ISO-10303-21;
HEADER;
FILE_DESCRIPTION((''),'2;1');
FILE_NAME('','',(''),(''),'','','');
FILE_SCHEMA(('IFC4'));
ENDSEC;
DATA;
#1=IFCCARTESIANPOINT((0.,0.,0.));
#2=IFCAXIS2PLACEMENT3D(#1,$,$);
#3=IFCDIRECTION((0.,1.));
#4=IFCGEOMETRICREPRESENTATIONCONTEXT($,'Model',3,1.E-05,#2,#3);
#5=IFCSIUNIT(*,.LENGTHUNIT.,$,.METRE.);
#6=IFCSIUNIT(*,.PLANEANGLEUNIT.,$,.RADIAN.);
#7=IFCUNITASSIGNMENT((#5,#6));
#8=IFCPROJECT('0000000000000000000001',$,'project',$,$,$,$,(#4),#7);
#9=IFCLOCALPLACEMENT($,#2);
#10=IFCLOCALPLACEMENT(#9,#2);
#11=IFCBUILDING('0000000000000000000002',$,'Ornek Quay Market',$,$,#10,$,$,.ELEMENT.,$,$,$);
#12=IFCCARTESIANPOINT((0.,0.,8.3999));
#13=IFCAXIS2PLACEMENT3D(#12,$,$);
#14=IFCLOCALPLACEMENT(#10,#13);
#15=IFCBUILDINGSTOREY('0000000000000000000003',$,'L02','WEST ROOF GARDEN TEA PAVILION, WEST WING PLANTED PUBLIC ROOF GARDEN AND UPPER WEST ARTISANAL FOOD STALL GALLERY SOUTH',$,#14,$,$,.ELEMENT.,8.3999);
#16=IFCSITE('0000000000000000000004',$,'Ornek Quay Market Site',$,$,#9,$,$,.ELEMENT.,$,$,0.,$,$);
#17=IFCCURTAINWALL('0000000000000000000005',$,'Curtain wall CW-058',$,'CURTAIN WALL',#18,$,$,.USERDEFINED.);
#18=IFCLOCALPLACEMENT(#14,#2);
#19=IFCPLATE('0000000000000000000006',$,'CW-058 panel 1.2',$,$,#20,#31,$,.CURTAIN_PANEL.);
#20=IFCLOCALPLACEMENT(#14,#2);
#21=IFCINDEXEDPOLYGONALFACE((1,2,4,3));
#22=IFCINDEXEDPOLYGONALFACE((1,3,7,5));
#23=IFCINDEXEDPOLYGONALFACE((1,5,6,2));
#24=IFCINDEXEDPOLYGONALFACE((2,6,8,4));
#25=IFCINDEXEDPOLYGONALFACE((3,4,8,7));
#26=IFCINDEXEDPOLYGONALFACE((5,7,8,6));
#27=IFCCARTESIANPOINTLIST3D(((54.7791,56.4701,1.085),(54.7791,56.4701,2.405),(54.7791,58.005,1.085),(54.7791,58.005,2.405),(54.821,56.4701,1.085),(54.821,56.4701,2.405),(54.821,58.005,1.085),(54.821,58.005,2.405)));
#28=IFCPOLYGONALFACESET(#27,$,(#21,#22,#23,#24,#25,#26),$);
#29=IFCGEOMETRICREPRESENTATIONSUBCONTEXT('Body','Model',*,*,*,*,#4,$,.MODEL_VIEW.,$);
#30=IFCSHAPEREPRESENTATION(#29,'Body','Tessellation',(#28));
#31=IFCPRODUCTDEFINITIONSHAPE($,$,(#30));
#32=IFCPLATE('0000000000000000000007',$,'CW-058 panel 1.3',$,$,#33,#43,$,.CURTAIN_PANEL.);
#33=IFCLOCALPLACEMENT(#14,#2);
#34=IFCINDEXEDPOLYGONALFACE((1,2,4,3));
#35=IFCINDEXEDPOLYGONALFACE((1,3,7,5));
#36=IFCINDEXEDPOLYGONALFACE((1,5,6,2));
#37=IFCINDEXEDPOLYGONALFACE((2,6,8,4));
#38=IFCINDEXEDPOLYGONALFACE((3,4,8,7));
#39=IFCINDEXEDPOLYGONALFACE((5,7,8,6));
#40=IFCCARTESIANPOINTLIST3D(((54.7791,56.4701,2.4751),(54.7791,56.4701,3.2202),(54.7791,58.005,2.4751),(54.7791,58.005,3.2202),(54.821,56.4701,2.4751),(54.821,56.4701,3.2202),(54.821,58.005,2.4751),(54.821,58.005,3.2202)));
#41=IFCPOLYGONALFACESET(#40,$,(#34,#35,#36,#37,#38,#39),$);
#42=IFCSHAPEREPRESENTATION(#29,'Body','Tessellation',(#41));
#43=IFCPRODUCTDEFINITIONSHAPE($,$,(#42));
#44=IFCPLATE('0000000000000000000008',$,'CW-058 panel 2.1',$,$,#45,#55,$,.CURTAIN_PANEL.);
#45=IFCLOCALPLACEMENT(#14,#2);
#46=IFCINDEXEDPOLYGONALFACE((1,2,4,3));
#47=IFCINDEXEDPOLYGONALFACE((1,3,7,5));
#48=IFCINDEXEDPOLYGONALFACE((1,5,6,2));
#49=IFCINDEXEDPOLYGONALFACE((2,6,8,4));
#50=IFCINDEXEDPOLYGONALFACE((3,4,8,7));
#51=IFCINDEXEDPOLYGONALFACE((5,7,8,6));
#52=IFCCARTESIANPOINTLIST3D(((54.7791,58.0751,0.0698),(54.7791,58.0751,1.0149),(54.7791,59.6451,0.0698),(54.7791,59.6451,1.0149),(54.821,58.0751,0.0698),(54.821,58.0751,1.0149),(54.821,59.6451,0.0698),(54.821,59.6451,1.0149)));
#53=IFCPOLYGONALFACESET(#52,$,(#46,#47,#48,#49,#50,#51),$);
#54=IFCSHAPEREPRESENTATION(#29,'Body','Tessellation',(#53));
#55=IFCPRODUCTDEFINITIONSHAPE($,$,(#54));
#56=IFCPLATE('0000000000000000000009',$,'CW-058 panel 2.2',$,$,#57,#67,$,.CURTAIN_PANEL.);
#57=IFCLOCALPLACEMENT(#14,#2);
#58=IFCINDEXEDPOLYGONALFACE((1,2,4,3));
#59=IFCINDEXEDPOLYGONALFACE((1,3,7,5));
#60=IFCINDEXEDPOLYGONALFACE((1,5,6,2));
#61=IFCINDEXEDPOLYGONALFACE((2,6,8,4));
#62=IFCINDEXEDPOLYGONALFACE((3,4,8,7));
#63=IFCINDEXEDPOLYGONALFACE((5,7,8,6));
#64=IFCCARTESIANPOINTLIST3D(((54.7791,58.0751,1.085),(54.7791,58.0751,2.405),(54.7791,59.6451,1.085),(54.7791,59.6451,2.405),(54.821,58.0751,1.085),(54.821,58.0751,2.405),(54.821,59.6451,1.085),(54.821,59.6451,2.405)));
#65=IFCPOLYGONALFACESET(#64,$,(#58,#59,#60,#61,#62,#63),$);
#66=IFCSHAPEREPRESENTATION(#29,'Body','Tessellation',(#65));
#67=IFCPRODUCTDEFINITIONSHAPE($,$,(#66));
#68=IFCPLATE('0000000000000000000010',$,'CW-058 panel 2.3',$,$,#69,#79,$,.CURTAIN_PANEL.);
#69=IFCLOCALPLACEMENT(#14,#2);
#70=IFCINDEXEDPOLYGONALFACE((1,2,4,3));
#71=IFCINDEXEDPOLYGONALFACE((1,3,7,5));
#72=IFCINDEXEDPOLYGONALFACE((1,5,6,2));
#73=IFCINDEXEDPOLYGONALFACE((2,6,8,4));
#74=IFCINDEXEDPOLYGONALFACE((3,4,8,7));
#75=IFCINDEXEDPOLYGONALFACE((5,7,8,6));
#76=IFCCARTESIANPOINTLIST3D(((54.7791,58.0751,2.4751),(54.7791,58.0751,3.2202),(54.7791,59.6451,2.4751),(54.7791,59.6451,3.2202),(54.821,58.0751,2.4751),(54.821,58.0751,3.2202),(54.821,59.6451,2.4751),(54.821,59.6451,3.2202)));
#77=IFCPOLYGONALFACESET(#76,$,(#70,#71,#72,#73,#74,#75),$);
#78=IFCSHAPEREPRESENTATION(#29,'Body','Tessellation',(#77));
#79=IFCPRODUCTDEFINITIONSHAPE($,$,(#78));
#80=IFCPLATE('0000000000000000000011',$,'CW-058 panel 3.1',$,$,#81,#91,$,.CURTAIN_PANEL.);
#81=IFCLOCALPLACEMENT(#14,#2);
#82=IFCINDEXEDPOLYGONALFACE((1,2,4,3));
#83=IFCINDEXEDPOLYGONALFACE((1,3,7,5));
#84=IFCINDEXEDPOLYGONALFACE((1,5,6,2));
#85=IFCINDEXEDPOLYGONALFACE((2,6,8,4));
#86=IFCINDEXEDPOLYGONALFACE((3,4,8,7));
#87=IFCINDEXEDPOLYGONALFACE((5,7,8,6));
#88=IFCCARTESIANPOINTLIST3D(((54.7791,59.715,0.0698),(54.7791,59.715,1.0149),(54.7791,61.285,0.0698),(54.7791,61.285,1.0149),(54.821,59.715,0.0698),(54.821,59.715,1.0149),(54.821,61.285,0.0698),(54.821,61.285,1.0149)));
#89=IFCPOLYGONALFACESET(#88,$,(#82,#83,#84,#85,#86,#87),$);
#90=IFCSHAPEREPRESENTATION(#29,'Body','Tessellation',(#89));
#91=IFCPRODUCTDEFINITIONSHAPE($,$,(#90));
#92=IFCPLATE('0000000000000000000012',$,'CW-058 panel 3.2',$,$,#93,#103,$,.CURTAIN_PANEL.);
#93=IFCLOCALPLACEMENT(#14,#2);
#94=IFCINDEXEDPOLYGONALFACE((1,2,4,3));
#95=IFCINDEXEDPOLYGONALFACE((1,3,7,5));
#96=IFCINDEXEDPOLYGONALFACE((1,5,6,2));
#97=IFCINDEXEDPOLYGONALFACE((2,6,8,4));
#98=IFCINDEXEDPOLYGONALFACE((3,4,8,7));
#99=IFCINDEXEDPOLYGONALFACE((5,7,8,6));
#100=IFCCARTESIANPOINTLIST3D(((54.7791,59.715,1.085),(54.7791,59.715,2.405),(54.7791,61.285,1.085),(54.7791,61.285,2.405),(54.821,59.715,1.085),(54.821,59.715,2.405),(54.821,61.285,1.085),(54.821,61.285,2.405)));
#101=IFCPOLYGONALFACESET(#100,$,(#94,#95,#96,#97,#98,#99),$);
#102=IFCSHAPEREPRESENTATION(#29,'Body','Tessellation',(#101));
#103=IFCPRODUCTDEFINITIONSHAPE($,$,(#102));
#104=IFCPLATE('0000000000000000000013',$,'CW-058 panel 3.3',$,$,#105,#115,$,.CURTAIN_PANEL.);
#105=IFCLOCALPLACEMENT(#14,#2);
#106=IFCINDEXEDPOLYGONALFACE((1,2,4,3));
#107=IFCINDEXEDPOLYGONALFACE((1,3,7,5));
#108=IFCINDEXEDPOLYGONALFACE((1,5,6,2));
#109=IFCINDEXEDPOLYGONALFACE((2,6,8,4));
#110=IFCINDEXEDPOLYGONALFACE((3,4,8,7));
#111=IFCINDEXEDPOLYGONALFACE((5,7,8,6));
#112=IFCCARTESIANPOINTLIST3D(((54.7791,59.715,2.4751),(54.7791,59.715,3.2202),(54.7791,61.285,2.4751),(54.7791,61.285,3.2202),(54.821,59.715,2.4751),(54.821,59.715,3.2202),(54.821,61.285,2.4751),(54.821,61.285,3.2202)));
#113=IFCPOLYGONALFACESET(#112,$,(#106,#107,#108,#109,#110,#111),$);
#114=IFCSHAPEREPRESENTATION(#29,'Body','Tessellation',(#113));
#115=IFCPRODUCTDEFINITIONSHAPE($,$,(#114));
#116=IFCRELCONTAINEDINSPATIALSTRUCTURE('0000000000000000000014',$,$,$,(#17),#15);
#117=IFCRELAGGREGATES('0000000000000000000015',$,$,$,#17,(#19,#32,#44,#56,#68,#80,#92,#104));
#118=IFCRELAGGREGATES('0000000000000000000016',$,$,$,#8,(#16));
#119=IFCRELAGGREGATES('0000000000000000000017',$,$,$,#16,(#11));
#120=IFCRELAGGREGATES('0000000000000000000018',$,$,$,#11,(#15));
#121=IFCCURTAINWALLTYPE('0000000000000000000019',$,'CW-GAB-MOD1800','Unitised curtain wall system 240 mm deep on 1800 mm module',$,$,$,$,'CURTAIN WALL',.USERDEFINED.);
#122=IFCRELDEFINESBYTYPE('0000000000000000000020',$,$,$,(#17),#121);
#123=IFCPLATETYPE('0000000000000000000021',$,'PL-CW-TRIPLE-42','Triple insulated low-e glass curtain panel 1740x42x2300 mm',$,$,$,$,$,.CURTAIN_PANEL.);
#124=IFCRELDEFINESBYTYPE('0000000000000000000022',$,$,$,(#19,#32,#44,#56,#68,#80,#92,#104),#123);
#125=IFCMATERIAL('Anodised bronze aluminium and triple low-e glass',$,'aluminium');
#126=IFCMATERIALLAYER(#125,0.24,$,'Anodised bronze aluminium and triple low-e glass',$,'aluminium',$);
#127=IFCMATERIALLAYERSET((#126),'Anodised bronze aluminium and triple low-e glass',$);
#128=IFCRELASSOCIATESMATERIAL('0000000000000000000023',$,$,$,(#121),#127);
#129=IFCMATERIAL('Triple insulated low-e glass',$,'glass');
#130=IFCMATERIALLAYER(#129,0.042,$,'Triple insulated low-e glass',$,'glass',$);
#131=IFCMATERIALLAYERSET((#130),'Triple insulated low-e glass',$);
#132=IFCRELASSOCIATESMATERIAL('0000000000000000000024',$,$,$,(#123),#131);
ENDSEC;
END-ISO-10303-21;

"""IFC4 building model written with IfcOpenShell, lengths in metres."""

from ifc_helpers import new_model, si_unit, direction, frame, origin, origin_2d, place, context, subcontext, project, spatial, rectangle, extrude, material, layer, layer_set, type_object, element, aggregate, save


model = new_model("IFC4")

# Units and contexts
model_context = context("Model", 3, precision=1e-05, world=origin(), true_north=direction((0.0, 1.0)))
body_context = subcontext(model_context, "Body", "Model", "MODEL_VIEW")
ifc_project = project(units=[si_unit("LENGTHUNIT", "METRE"), si_unit("PLANEANGLEUNIT", "RADIAN")], contexts=[model_context])

# Site, building, storey
site_placement = place(None, origin())
site = spatial("IfcSite", under=ifc_project, at=site_placement, Name="Ornek Quay Market Site", CompositionType="ELEMENT", RefElevation=0.0)
building_placement = place(site_placement, origin())
building = spatial("IfcBuilding", under=site, at=building_placement, Name="Ornek Quay Market", CompositionType="ELEMENT")
storey_placement = place(building_placement, frame((0.0, 0.0, 8.3999)))
storey = spatial("IfcBuildingStorey", under=building, at=storey_placement, Name="L02", Description="WEST ROOF GARDEN TEA PAVILION, WEST WING PLANTED PUBLIC ROOF GARDEN AND UPPER WEST ARTISANAL FOOD STALL GALLERY SOUTH", CompositionType="ELEMENT", Elevation=8.3999)

# Curtain wall, plates
ifc_material_1 = material(Name="Anodised bronze aluminium and triple low-e glass", Category="aluminium")
ifc_layer_1 = layer(ifc_material_1, 0.24, Name="Anodised bronze aluminium and triple low-e glass", Category="aluminium")
ifc_layer_set_1 = layer_set([ifc_layer_1], Name="Anodised bronze aluminium and triple low-e glass")
curtain_wall_type = type_object("IfcCurtainWallType", Name="CW-GAB-MOD1800", Description="Unitised curtain wall system 240 mm deep on 1800 mm module", ElementType="CURTAIN WALL", PredefinedType="USERDEFINED", material=ifc_layer_set_1)
curtain_wall_placement = place(storey_placement, origin())
curtain_wall = element("IfcCurtainWall", 1, at=curtain_wall_placement, inside=storey, type_object=curtain_wall_type, Name="Curtain wall CW-058", ObjectType="CURTAIN WALL", PredefinedType="USERDEFINED")
ifc_material_2 = material(Name="Triple insulated low-e glass", Category="glass")
ifc_layer_2 = layer(ifc_material_2, 0.042, Name="Triple insulated low-e glass", Category="glass")
ifc_layer_set_2 = layer_set([ifc_layer_2], Name="Triple insulated low-e glass")
plate_type = type_object("IfcPlateType", Name="PL-CW-TRIPLE-42", Description="Triple insulated low-e glass curtain panel 1740x42x2300 mm", PredefinedType="CURTAIN_PANEL", material=ifc_layer_set_2)
plate_1_placement = place(storey_placement, frame((54.8, 57.2375, 1.085), z_axis=(0.0, 0.0, 1.0), x_axis=(0.0, 1.0, 0.0)))
plate_1 = element("IfcPlate", 2, at=plate_1_placement, type_object=plate_type, Name="CW-058 panel 1.2", PredefinedType="CURTAIN_PANEL", context=body_context, shape_type="SweptSolid", body=[
    extrude(rectangle(XDim=1.5349, YDim=0.042, at=origin_2d()), origin(), (0.0, 0.0, 1.0), 1.3201),
])
plate_2_placement = place(storey_placement, frame((54.8, 57.2375, 2.4751), z_axis=(0.0, 0.0, 1.0), x_axis=(0.0, 1.0, 0.0)))
plate_2 = element("IfcPlate", 3, at=plate_2_placement, type_object=plate_type, Name="CW-058 panel 1.3", PredefinedType="CURTAIN_PANEL", context=body_context, shape_type="SweptSolid", body=[
    extrude(rectangle(XDim=1.5349, YDim=0.042, at=origin_2d()), origin(), (0.0, 0.0, 1.0), 0.7451),
])
plate_3_placement = place(storey_placement, frame((54.8, 58.8601, 0.0698), z_axis=(0.0, 0.0, 1.0), x_axis=(0.0, 1.0, 0.0)))
plate_3 = element("IfcPlate", 4, at=plate_3_placement, type_object=plate_type, Name="CW-058 panel 2.1", PredefinedType="CURTAIN_PANEL", context=body_context, shape_type="SweptSolid", body=[
    extrude(rectangle(XDim=1.5701, YDim=0.042, at=origin_2d()), origin(), (0.0, 0.0, 1.0), 0.9451),
])
plate_4_placement = place(storey_placement, frame((54.8, 58.8601, 1.085), z_axis=(0.0, 0.0, 1.0), x_axis=(0.0, 1.0, 0.0)))
plate_4 = element("IfcPlate", 5, at=plate_4_placement, type_object=plate_type, Name="CW-058 panel 2.2", PredefinedType="CURTAIN_PANEL", context=body_context, shape_type="SweptSolid", body=[
    extrude(rectangle(XDim=1.5701, YDim=0.042, at=origin_2d()), origin(), (0.0, 0.0, 1.0), 1.3201),
])
plate_5_placement = place(storey_placement, frame((54.8, 58.8601, 2.4751), z_axis=(0.0, 0.0, 1.0), x_axis=(0.0, 1.0, 0.0)))
plate_5 = element("IfcPlate", 6, at=plate_5_placement, type_object=plate_type, Name="CW-058 panel 2.3", PredefinedType="CURTAIN_PANEL", context=body_context, shape_type="SweptSolid", body=[
    extrude(rectangle(XDim=1.5701, YDim=0.042, at=origin_2d()), origin(), (0.0, 0.0, 1.0), 0.7451),
])
plate_6_placement = place(storey_placement, frame((54.8, 60.5, 0.0698), z_axis=(0.0, 0.0, 1.0), x_axis=(0.0, 1.0, 0.0)))
plate_6 = element("IfcPlate", 7, at=plate_6_placement, type_object=plate_type, Name="CW-058 panel 3.1", PredefinedType="CURTAIN_PANEL", context=body_context, shape_type="SweptSolid", body=[
    extrude(rectangle(XDim=1.5701, YDim=0.042, at=origin_2d()), origin(), (0.0, 0.0, 1.0), 0.9451),
])
plate_7_placement = place(storey_placement, frame((54.8, 60.5, 1.085), z_axis=(0.0, 0.0, 1.0), x_axis=(0.0, 1.0, 0.0)))
plate_7 = element("IfcPlate", 8, at=plate_7_placement, type_object=plate_type, Name="CW-058 panel 3.2", PredefinedType="CURTAIN_PANEL", context=body_context, shape_type="SweptSolid", body=[
    extrude(rectangle(XDim=1.5701, YDim=0.042, at=origin_2d()), origin(), (0.0, 0.0, 1.0), 1.3201),
])
plate_8_placement = place(storey_placement, frame((54.8, 60.5, 2.4751), z_axis=(0.0, 0.0, 1.0), x_axis=(0.0, 1.0, 0.0)))
plate_8 = element("IfcPlate", 9, at=plate_8_placement, type_object=plate_type, Name="CW-058 panel 3.3", PredefinedType="CURTAIN_PANEL", context=body_context, shape_type="SweptSolid", body=[
    extrude(rectangle(XDim=1.5701, YDim=0.042, at=origin_2d()), origin(), (0.0, 0.0, 1.0), 0.7451),
])
aggregate(curtain_wall, [plate_1, plate_2, plate_3, plate_4, plate_5, plate_6, plate_7, plate_8])

save(model, "model.ifc")
